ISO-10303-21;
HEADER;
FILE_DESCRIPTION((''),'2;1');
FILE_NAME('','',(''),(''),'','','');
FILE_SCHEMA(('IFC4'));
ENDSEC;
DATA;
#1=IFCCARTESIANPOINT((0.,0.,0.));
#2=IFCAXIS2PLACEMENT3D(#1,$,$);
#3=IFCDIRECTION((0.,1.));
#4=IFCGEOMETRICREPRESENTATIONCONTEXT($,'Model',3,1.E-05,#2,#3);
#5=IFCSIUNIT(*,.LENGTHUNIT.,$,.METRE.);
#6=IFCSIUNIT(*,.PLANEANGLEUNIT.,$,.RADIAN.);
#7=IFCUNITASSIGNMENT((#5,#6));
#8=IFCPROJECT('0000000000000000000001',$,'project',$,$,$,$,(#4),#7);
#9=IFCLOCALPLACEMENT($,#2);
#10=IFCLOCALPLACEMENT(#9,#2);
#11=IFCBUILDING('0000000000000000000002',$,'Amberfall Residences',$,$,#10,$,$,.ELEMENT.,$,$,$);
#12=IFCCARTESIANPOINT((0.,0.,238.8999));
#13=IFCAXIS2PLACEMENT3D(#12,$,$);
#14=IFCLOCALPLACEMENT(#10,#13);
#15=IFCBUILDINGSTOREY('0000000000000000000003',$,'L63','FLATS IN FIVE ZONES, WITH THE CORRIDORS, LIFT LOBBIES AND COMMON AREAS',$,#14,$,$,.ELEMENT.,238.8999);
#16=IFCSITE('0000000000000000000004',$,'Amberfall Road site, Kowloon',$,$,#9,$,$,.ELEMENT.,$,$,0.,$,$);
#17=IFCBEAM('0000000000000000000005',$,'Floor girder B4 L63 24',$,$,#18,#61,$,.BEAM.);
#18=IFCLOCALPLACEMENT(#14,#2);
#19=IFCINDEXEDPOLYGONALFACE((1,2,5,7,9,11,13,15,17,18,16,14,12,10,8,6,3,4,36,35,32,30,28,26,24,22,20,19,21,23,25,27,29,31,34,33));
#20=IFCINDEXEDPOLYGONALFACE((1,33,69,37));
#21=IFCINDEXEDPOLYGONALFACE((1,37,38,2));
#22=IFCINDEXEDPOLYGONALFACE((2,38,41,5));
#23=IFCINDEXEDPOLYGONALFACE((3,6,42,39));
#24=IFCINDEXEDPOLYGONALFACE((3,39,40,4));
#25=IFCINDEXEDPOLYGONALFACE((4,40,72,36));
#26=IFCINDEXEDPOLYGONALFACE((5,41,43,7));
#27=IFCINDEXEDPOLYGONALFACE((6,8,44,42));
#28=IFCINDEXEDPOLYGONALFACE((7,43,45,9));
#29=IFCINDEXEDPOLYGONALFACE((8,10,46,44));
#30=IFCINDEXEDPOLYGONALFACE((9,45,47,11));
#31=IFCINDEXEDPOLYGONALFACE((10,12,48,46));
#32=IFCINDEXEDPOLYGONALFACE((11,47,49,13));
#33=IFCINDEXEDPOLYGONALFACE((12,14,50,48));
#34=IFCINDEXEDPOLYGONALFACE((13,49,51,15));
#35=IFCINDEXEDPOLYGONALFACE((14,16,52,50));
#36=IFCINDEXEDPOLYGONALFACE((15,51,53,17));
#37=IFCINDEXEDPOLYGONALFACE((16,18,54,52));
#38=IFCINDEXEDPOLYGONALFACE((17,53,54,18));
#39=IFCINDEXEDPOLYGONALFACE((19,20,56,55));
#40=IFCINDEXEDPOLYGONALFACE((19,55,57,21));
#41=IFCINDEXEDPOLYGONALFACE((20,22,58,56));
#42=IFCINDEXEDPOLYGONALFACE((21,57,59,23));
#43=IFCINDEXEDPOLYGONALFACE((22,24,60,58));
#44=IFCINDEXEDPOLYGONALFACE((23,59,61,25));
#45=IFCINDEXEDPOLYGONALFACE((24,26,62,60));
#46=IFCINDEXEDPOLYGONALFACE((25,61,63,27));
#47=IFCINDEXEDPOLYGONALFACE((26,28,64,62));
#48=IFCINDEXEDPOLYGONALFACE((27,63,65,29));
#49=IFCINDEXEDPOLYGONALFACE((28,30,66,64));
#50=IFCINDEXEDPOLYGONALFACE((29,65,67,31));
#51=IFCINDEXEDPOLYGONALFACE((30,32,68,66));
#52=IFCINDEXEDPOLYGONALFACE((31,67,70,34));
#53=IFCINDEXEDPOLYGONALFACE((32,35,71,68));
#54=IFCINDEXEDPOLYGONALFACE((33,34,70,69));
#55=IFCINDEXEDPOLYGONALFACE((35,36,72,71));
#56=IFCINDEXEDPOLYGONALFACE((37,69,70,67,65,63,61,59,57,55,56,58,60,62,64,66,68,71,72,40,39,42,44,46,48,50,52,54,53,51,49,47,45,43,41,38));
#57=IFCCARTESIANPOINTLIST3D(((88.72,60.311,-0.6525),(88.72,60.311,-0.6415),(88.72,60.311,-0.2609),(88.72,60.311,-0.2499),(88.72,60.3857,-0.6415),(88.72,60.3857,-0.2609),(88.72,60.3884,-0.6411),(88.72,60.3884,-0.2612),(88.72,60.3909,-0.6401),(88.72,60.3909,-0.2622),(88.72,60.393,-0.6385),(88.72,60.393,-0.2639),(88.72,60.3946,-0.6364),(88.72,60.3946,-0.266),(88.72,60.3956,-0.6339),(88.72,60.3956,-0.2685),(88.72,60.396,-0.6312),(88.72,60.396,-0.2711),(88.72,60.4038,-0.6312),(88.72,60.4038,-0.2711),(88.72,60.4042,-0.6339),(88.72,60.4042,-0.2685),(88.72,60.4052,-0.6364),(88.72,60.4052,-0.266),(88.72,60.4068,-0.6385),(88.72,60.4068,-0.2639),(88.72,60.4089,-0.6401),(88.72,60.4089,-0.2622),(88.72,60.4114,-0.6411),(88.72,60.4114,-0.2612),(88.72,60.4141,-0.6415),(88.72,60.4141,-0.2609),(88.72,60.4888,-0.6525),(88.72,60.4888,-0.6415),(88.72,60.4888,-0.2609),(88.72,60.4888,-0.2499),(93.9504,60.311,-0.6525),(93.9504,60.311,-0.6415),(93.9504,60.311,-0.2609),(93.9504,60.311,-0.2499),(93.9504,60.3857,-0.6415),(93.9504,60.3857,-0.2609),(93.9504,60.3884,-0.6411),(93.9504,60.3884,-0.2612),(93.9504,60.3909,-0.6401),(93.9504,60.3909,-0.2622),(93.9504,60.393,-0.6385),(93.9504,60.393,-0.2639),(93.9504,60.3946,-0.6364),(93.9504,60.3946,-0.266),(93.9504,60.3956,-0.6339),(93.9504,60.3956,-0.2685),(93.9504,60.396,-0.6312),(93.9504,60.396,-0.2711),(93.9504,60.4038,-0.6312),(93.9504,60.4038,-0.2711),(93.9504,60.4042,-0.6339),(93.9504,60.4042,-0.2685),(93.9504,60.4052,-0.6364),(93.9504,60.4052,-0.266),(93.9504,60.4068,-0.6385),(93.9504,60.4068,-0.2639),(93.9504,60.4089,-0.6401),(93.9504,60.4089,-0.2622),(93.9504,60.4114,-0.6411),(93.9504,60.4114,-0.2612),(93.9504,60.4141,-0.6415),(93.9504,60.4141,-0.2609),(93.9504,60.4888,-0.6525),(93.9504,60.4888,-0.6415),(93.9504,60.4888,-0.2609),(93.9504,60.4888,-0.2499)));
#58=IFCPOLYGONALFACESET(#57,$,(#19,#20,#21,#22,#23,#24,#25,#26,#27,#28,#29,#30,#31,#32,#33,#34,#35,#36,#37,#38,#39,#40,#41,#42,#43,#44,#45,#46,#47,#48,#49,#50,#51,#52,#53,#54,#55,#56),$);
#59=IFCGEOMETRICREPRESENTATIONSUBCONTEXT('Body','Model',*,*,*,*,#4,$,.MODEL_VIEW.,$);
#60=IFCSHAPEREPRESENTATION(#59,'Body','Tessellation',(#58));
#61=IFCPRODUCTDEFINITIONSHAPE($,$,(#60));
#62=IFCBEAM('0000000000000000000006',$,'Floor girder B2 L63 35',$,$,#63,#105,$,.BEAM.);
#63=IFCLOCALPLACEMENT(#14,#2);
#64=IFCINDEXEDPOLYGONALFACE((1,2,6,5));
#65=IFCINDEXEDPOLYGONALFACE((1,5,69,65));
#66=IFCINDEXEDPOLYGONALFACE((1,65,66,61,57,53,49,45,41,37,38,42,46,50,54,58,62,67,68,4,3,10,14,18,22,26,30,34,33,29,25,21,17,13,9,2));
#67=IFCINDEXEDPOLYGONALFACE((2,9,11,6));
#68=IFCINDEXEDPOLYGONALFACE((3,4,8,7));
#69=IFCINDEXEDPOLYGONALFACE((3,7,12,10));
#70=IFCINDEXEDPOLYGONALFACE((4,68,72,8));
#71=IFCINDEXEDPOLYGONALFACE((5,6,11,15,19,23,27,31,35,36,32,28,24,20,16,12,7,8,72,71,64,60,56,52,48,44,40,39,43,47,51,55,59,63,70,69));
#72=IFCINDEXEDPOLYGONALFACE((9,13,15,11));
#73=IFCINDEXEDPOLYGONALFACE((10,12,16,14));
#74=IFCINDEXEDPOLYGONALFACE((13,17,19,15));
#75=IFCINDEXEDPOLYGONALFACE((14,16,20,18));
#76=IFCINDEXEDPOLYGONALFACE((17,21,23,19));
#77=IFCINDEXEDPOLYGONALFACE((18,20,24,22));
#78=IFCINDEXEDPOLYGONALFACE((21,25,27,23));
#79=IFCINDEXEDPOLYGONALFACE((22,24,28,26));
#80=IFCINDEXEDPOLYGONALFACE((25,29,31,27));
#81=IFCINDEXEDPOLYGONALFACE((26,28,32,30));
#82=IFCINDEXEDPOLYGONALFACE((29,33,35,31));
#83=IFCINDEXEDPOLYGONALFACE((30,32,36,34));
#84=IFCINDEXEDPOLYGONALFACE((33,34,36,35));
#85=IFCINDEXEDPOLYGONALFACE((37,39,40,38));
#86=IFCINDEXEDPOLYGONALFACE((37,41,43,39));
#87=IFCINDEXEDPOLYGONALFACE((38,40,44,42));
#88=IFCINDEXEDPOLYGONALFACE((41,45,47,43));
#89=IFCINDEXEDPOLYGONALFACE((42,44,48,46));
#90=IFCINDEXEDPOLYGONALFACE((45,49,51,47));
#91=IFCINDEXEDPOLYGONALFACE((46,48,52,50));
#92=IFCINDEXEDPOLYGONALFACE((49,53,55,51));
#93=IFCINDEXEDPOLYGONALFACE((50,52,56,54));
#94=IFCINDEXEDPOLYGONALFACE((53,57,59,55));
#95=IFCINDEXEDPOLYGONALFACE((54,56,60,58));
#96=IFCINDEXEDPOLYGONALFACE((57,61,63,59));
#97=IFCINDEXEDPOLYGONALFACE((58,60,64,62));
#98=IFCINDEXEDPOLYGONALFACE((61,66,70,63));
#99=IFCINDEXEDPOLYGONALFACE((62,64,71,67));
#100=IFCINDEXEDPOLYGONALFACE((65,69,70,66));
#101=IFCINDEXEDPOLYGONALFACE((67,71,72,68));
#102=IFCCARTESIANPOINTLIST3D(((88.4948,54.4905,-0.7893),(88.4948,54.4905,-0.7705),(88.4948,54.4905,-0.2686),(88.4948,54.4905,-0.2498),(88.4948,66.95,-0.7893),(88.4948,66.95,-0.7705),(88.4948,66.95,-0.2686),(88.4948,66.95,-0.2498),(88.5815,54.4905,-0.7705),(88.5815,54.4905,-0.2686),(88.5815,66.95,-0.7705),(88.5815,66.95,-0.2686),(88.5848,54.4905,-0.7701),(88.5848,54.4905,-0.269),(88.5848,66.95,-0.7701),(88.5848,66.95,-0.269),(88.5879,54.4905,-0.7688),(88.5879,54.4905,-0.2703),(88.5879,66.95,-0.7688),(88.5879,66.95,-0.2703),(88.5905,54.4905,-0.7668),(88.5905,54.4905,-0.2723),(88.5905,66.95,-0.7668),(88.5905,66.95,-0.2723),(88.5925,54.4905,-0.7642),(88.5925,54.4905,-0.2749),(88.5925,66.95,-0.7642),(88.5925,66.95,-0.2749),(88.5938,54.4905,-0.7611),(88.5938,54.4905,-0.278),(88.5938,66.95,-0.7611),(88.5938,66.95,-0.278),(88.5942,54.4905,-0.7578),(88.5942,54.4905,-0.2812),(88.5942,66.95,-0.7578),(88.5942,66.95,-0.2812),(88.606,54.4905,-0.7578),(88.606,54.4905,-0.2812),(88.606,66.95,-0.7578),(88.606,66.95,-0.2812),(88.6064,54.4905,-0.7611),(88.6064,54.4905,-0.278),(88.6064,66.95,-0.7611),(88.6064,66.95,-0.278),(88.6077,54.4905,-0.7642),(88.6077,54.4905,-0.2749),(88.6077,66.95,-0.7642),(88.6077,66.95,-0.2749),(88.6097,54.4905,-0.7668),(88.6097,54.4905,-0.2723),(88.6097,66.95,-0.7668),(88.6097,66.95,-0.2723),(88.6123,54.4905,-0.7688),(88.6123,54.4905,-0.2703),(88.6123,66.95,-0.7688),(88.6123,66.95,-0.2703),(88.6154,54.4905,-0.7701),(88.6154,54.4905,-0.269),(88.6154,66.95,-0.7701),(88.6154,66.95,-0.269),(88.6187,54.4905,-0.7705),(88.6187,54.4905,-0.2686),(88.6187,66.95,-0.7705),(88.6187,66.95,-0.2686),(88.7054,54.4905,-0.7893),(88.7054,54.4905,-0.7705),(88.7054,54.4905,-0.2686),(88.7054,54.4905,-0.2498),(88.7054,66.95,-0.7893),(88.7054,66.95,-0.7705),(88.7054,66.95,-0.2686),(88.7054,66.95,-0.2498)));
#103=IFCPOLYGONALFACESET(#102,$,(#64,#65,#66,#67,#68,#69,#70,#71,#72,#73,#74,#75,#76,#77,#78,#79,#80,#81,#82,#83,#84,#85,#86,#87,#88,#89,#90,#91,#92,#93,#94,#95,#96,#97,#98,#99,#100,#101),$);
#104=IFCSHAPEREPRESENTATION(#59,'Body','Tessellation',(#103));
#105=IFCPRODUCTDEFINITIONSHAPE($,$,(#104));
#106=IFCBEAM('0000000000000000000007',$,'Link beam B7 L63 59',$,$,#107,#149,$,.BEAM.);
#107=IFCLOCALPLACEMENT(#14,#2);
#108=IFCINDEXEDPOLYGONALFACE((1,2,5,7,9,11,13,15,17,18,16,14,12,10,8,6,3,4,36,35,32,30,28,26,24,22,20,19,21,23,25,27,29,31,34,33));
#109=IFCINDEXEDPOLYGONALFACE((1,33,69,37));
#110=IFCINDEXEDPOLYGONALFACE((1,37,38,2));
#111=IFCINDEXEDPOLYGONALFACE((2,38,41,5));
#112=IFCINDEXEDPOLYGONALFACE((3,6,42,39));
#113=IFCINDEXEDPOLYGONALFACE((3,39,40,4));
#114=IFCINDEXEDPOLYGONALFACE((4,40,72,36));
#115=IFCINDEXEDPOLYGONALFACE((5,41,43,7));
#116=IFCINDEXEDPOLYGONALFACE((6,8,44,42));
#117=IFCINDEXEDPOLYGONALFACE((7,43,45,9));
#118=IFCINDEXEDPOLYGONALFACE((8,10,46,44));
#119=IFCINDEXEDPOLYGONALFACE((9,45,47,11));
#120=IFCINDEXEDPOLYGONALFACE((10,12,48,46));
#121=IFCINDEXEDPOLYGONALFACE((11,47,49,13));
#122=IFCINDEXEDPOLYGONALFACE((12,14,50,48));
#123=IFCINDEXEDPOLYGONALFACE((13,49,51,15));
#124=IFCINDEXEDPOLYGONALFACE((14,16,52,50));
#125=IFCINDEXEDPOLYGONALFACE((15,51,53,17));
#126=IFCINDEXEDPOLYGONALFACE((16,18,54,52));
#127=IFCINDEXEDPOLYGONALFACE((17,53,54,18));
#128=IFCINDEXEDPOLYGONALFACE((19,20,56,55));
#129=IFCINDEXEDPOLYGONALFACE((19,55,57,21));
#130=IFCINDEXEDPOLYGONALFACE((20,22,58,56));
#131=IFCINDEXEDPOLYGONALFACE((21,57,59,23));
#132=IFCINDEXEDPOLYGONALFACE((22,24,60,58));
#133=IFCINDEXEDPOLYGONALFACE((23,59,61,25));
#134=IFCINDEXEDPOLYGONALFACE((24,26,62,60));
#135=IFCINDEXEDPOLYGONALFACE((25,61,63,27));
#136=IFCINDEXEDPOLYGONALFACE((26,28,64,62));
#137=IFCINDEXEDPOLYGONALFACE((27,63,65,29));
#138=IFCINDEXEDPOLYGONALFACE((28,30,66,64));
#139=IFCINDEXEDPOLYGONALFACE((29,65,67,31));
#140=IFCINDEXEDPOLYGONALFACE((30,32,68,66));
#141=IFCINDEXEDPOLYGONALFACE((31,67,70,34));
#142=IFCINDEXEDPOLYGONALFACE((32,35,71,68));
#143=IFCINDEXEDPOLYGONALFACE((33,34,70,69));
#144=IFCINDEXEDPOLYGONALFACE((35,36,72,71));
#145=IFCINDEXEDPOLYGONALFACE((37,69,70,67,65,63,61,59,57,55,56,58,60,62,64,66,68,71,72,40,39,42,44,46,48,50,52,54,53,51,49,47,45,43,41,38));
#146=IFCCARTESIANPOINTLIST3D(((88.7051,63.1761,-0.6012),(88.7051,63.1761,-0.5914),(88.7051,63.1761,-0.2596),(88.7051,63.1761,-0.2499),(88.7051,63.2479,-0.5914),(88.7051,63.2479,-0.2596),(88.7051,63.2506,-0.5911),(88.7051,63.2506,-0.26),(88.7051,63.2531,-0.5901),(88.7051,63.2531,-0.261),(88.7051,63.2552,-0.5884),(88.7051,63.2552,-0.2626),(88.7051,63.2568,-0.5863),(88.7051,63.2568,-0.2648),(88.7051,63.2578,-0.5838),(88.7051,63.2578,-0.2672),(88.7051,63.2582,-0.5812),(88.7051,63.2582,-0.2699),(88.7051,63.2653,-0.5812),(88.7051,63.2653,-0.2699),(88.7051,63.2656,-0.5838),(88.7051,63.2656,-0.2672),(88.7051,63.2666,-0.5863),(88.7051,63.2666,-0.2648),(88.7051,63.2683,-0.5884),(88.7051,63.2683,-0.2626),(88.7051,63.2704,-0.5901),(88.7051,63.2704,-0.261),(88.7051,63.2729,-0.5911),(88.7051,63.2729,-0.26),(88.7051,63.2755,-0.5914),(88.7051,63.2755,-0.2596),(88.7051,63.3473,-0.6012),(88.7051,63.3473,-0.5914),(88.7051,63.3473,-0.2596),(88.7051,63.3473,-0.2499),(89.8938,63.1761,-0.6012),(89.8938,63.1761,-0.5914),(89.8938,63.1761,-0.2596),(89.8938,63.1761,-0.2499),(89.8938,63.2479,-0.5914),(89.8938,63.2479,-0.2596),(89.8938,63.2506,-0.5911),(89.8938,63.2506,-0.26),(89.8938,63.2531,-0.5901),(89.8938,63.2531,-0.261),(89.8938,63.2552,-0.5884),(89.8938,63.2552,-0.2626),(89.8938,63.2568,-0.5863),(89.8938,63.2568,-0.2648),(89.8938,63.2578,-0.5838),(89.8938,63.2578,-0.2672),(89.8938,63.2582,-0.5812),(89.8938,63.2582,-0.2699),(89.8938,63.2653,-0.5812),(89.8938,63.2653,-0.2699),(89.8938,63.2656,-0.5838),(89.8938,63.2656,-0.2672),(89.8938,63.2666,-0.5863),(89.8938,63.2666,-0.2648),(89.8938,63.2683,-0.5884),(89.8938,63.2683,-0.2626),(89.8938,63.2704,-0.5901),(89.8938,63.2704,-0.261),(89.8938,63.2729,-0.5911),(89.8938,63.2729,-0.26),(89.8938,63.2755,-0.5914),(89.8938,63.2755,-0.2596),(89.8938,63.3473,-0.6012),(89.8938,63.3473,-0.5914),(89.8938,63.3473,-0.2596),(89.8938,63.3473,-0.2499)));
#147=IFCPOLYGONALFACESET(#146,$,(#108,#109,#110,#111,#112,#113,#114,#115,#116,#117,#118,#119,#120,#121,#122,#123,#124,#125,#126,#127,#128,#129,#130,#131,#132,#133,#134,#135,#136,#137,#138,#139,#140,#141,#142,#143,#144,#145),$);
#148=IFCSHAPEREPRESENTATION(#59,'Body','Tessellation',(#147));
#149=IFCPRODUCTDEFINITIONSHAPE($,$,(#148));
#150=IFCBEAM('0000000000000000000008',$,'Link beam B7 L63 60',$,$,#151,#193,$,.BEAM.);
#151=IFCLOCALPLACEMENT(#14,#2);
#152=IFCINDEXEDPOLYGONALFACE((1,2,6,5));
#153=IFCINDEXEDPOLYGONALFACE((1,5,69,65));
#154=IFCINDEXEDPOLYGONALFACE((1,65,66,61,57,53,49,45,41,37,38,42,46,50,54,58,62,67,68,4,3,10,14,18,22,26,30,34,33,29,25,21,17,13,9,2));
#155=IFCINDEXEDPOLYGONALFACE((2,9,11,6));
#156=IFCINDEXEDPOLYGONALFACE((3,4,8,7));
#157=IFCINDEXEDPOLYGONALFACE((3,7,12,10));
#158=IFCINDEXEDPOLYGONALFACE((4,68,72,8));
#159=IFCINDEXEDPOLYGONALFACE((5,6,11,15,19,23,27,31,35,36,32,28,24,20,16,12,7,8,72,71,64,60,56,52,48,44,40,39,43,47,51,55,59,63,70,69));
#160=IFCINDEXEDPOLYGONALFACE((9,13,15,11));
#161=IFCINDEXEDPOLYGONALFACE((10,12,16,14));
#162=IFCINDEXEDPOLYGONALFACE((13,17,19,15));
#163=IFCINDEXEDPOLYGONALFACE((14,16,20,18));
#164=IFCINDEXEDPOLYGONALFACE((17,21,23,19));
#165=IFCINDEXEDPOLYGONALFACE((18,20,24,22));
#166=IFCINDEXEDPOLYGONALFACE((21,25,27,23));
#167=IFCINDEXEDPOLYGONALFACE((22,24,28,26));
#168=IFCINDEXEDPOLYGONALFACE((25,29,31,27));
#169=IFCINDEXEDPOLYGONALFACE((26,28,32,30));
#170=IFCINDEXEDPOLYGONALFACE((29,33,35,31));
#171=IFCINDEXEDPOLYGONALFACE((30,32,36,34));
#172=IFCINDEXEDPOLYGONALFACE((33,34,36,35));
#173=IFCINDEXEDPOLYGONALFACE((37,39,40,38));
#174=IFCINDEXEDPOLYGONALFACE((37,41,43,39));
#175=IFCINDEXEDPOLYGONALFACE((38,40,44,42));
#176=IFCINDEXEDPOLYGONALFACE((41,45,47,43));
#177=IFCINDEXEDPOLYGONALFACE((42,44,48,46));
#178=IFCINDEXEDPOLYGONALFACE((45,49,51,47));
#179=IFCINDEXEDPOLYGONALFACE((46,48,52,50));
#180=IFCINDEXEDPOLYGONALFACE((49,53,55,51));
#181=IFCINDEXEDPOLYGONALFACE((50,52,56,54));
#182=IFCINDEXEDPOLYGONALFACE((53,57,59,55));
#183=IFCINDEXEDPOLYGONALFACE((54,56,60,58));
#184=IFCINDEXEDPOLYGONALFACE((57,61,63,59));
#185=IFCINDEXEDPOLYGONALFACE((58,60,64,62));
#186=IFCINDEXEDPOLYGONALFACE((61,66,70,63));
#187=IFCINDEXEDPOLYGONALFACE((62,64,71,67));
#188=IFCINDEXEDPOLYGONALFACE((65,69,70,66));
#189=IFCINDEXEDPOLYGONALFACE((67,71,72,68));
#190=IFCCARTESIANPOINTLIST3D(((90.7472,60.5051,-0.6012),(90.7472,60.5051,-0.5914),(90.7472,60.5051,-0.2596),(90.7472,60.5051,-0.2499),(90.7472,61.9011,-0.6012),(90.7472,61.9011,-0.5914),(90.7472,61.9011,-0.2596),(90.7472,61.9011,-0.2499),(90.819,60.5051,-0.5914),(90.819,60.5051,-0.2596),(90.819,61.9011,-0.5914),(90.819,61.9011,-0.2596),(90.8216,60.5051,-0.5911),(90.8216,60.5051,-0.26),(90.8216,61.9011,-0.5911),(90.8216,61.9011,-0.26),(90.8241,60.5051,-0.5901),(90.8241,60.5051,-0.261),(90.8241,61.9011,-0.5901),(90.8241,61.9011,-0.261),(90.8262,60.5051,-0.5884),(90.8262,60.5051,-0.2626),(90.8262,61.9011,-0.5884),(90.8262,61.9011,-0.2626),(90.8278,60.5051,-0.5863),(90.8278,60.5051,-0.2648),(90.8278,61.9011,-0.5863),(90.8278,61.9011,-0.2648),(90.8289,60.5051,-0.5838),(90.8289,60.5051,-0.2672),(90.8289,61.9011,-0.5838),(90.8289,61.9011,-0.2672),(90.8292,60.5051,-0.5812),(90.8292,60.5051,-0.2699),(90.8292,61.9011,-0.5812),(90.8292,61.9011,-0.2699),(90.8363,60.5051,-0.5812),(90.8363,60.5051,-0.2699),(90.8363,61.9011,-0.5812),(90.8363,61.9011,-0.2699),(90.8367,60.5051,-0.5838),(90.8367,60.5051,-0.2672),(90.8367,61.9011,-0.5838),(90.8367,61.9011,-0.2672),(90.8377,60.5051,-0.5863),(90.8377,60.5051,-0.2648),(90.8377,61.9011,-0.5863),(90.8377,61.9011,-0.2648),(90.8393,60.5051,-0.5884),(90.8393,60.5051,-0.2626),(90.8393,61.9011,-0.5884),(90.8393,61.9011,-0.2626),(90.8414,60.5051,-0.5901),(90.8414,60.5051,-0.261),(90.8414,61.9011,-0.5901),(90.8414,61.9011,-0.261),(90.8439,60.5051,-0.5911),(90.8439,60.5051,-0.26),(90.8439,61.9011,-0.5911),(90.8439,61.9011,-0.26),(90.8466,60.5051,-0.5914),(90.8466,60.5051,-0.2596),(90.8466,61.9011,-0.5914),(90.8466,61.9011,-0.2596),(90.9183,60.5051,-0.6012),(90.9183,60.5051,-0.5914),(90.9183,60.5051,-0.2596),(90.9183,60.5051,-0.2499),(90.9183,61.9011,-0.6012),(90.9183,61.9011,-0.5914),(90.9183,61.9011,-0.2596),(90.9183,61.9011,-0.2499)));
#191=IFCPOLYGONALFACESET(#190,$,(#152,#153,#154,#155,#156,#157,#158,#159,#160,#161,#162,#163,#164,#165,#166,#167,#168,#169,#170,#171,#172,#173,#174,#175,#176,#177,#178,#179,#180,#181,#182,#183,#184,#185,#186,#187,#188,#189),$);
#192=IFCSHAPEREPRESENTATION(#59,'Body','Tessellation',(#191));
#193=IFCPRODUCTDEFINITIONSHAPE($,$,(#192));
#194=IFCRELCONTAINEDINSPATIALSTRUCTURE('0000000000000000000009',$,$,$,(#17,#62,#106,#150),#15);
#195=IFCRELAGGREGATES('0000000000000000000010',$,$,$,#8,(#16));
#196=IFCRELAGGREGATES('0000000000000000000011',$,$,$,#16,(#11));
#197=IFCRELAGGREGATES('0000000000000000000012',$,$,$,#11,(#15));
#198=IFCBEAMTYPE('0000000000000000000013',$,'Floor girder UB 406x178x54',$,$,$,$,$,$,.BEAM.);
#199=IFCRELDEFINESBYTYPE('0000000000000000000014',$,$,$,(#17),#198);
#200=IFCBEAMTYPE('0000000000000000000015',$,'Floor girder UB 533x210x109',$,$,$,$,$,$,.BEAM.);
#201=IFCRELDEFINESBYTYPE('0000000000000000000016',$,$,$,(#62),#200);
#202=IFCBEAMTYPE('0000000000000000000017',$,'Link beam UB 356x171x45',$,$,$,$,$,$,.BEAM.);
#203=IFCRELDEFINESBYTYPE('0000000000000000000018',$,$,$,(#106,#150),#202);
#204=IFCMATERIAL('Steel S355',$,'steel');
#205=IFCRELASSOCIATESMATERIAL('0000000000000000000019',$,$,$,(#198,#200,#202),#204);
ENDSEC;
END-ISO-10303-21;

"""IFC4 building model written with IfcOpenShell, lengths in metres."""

from ifc_helpers import new_model, si_unit, direction, frame, origin, origin_2d, place, context, subcontext, project, spatial, i_section, extrude, material, material_profile, profile_set, type_object, element, save


model = new_model("IFC4")

# Units and contexts
model_context = context("Model", 3, precision=1e-05, world=origin(), true_north=direction((0.0, 1.0)))
body_context = subcontext(model_context, "Body", "Model", "MODEL_VIEW")
ifc_project = project(units=[si_unit("LENGTHUNIT", "METRE"), si_unit("PLANEANGLEUNIT", "RADIAN")], contexts=[model_context])

# Site, building, storey
site_placement = place(None, origin())
site = spatial("IfcSite", under=ifc_project, at=site_placement, Name="Amberfall Road site, Kowloon", CompositionType="ELEMENT", RefElevation=0.0)
building_placement = place(site_placement, origin())
building = spatial("IfcBuilding", under=site, at=building_placement, Name="Amberfall Residences", CompositionType="ELEMENT")
storey_placement = place(building_placement, frame((0.0, 0.0, 238.8999)))
storey = spatial("IfcBuildingStorey", under=building, at=storey_placement, Name="L63", Description="FLATS IN FIVE ZONES, WITH THE CORRIDORS, LIFT LOBBIES AND COMMON AREAS", CompositionType="ELEMENT", Elevation=238.8999)

# Shared definitions
ifc_material_1 = material(Name="Steel S355", Category="steel")

# Beams
ifc_material_profile_1 = material_profile(ifc_material_1, i_section(OverallWidth=0.1777, OverallDepth=0.4026, WebThickness=0.0078, FlangeThickness=0.011, FilletRadius=0.0103, at=origin_2d()), Name="UB 406x178x54")
ifc_profile_set_1 = profile_set([ifc_material_profile_1], Name="Steel S355")
beam_type_1 = type_object("IfcBeamType", Name="Floor girder UB 406x178x54", PredefinedType="BEAM", material=ifc_profile_set_1)
beam_1_placement = place(storey_placement, frame((93.9504, 60.3999, -0.4512), z_axis=(-1.0, 0.0, 0.0), x_axis=(0.0, -1.0, 0.0)))
element("IfcBeam", 1, at=beam_1_placement, inside=storey, type_object=beam_type_1, Name="Floor girder B4 L63 24", PredefinedType="BEAM", context=body_context, shape_type="SweptSolid", body=[
    extrude(i_section(OverallWidth=0.1777, OverallDepth=0.4026, WebThickness=0.0078, FlangeThickness=0.011, FilletRadius=0.0103, at=origin_2d()), origin(), (0.0, 0.0, 1.0), 5.2305),
])
ifc_material_profile_2 = material_profile(ifc_material_1, i_section(OverallWidth=0.2107, OverallDepth=0.5396, WebThickness=0.0117, FlangeThickness=0.0188, FilletRadius=0.0127, at=origin_2d()), Name="UB 533x210x109")
ifc_profile_set_2 = profile_set([ifc_material_profile_2], Name="Steel S355")
beam_type_2 = type_object("IfcBeamType", Name="Floor girder UB 533x210x109", PredefinedType="BEAM", material=ifc_profile_set_2)
beam_2_placement = place(storey_placement, frame((88.6001, 66.95, -0.5195), z_axis=(0.0, -1.0, 0.0), x_axis=(1.0, 0.0, 0.0)))
element("IfcBeam", 2, at=beam_2_placement, inside=storey, type_object=beam_type_2, Name="Floor girder B2 L63 35", PredefinedType="BEAM", context=body_context, shape_type="SweptSolid", body=[
    extrude(i_section(OverallWidth=0.2107, OverallDepth=0.5396, WebThickness=0.0117, FlangeThickness=0.0188, FilletRadius=0.0127, at=origin_2d()), origin(), (0.0, 0.0, 1.0), 12.4595),
])
ifc_material_profile_3 = material_profile(ifc_material_1, i_section(OverallWidth=0.1711, OverallDepth=0.3513, WebThickness=0.0071, FlangeThickness=0.0098, FilletRadius=0.0103, at=origin_2d()), Name="UB 356x171x45")
ifc_profile_set_3 = profile_set([ifc_material_profile_3], Name="Steel S355")
beam_type_3 = type_object("IfcBeamType", Name="Link beam UB 356x171x45", PredefinedType="BEAM", material=ifc_profile_set_3)
beam_3_placement = place(storey_placement, frame((89.8938, 63.2617, -0.4255), z_axis=(-1.0, 0.0, 0.0), x_axis=(0.0, -1.0, 0.0)))
element("IfcBeam", 3, at=beam_3_placement, inside=storey, type_object=beam_type_3, Name="Link beam B7 L63 59", PredefinedType="BEAM", context=body_context, shape_type="SweptSolid", body=[
    extrude(i_section(OverallWidth=0.1711, OverallDepth=0.3513, WebThickness=0.0071, FlangeThickness=0.0098, FilletRadius=0.0103, at=origin_2d()), origin(), (0.0, 0.0, 1.0), 1.1887),
])
beam_4_placement = place(storey_placement, frame((90.8328, 61.9011, -0.4255), z_axis=(0.0, -1.0, 0.0), x_axis=(1.0, 0.0, 0.0)))
element("IfcBeam", 4, at=beam_4_placement, inside=storey, type_object=beam_type_3, Name="Link beam B7 L63 60", PredefinedType="BEAM", context=body_context, shape_type="SweptSolid", body=[
    extrude(i_section(OverallWidth=0.1711, OverallDepth=0.3513, WebThickness=0.0071, FlangeThickness=0.0098, FilletRadius=0.0103, at=origin_2d()), origin(), (0.0, 0.0, 1.0), 1.396),
])

save(model, "model.ifc")
